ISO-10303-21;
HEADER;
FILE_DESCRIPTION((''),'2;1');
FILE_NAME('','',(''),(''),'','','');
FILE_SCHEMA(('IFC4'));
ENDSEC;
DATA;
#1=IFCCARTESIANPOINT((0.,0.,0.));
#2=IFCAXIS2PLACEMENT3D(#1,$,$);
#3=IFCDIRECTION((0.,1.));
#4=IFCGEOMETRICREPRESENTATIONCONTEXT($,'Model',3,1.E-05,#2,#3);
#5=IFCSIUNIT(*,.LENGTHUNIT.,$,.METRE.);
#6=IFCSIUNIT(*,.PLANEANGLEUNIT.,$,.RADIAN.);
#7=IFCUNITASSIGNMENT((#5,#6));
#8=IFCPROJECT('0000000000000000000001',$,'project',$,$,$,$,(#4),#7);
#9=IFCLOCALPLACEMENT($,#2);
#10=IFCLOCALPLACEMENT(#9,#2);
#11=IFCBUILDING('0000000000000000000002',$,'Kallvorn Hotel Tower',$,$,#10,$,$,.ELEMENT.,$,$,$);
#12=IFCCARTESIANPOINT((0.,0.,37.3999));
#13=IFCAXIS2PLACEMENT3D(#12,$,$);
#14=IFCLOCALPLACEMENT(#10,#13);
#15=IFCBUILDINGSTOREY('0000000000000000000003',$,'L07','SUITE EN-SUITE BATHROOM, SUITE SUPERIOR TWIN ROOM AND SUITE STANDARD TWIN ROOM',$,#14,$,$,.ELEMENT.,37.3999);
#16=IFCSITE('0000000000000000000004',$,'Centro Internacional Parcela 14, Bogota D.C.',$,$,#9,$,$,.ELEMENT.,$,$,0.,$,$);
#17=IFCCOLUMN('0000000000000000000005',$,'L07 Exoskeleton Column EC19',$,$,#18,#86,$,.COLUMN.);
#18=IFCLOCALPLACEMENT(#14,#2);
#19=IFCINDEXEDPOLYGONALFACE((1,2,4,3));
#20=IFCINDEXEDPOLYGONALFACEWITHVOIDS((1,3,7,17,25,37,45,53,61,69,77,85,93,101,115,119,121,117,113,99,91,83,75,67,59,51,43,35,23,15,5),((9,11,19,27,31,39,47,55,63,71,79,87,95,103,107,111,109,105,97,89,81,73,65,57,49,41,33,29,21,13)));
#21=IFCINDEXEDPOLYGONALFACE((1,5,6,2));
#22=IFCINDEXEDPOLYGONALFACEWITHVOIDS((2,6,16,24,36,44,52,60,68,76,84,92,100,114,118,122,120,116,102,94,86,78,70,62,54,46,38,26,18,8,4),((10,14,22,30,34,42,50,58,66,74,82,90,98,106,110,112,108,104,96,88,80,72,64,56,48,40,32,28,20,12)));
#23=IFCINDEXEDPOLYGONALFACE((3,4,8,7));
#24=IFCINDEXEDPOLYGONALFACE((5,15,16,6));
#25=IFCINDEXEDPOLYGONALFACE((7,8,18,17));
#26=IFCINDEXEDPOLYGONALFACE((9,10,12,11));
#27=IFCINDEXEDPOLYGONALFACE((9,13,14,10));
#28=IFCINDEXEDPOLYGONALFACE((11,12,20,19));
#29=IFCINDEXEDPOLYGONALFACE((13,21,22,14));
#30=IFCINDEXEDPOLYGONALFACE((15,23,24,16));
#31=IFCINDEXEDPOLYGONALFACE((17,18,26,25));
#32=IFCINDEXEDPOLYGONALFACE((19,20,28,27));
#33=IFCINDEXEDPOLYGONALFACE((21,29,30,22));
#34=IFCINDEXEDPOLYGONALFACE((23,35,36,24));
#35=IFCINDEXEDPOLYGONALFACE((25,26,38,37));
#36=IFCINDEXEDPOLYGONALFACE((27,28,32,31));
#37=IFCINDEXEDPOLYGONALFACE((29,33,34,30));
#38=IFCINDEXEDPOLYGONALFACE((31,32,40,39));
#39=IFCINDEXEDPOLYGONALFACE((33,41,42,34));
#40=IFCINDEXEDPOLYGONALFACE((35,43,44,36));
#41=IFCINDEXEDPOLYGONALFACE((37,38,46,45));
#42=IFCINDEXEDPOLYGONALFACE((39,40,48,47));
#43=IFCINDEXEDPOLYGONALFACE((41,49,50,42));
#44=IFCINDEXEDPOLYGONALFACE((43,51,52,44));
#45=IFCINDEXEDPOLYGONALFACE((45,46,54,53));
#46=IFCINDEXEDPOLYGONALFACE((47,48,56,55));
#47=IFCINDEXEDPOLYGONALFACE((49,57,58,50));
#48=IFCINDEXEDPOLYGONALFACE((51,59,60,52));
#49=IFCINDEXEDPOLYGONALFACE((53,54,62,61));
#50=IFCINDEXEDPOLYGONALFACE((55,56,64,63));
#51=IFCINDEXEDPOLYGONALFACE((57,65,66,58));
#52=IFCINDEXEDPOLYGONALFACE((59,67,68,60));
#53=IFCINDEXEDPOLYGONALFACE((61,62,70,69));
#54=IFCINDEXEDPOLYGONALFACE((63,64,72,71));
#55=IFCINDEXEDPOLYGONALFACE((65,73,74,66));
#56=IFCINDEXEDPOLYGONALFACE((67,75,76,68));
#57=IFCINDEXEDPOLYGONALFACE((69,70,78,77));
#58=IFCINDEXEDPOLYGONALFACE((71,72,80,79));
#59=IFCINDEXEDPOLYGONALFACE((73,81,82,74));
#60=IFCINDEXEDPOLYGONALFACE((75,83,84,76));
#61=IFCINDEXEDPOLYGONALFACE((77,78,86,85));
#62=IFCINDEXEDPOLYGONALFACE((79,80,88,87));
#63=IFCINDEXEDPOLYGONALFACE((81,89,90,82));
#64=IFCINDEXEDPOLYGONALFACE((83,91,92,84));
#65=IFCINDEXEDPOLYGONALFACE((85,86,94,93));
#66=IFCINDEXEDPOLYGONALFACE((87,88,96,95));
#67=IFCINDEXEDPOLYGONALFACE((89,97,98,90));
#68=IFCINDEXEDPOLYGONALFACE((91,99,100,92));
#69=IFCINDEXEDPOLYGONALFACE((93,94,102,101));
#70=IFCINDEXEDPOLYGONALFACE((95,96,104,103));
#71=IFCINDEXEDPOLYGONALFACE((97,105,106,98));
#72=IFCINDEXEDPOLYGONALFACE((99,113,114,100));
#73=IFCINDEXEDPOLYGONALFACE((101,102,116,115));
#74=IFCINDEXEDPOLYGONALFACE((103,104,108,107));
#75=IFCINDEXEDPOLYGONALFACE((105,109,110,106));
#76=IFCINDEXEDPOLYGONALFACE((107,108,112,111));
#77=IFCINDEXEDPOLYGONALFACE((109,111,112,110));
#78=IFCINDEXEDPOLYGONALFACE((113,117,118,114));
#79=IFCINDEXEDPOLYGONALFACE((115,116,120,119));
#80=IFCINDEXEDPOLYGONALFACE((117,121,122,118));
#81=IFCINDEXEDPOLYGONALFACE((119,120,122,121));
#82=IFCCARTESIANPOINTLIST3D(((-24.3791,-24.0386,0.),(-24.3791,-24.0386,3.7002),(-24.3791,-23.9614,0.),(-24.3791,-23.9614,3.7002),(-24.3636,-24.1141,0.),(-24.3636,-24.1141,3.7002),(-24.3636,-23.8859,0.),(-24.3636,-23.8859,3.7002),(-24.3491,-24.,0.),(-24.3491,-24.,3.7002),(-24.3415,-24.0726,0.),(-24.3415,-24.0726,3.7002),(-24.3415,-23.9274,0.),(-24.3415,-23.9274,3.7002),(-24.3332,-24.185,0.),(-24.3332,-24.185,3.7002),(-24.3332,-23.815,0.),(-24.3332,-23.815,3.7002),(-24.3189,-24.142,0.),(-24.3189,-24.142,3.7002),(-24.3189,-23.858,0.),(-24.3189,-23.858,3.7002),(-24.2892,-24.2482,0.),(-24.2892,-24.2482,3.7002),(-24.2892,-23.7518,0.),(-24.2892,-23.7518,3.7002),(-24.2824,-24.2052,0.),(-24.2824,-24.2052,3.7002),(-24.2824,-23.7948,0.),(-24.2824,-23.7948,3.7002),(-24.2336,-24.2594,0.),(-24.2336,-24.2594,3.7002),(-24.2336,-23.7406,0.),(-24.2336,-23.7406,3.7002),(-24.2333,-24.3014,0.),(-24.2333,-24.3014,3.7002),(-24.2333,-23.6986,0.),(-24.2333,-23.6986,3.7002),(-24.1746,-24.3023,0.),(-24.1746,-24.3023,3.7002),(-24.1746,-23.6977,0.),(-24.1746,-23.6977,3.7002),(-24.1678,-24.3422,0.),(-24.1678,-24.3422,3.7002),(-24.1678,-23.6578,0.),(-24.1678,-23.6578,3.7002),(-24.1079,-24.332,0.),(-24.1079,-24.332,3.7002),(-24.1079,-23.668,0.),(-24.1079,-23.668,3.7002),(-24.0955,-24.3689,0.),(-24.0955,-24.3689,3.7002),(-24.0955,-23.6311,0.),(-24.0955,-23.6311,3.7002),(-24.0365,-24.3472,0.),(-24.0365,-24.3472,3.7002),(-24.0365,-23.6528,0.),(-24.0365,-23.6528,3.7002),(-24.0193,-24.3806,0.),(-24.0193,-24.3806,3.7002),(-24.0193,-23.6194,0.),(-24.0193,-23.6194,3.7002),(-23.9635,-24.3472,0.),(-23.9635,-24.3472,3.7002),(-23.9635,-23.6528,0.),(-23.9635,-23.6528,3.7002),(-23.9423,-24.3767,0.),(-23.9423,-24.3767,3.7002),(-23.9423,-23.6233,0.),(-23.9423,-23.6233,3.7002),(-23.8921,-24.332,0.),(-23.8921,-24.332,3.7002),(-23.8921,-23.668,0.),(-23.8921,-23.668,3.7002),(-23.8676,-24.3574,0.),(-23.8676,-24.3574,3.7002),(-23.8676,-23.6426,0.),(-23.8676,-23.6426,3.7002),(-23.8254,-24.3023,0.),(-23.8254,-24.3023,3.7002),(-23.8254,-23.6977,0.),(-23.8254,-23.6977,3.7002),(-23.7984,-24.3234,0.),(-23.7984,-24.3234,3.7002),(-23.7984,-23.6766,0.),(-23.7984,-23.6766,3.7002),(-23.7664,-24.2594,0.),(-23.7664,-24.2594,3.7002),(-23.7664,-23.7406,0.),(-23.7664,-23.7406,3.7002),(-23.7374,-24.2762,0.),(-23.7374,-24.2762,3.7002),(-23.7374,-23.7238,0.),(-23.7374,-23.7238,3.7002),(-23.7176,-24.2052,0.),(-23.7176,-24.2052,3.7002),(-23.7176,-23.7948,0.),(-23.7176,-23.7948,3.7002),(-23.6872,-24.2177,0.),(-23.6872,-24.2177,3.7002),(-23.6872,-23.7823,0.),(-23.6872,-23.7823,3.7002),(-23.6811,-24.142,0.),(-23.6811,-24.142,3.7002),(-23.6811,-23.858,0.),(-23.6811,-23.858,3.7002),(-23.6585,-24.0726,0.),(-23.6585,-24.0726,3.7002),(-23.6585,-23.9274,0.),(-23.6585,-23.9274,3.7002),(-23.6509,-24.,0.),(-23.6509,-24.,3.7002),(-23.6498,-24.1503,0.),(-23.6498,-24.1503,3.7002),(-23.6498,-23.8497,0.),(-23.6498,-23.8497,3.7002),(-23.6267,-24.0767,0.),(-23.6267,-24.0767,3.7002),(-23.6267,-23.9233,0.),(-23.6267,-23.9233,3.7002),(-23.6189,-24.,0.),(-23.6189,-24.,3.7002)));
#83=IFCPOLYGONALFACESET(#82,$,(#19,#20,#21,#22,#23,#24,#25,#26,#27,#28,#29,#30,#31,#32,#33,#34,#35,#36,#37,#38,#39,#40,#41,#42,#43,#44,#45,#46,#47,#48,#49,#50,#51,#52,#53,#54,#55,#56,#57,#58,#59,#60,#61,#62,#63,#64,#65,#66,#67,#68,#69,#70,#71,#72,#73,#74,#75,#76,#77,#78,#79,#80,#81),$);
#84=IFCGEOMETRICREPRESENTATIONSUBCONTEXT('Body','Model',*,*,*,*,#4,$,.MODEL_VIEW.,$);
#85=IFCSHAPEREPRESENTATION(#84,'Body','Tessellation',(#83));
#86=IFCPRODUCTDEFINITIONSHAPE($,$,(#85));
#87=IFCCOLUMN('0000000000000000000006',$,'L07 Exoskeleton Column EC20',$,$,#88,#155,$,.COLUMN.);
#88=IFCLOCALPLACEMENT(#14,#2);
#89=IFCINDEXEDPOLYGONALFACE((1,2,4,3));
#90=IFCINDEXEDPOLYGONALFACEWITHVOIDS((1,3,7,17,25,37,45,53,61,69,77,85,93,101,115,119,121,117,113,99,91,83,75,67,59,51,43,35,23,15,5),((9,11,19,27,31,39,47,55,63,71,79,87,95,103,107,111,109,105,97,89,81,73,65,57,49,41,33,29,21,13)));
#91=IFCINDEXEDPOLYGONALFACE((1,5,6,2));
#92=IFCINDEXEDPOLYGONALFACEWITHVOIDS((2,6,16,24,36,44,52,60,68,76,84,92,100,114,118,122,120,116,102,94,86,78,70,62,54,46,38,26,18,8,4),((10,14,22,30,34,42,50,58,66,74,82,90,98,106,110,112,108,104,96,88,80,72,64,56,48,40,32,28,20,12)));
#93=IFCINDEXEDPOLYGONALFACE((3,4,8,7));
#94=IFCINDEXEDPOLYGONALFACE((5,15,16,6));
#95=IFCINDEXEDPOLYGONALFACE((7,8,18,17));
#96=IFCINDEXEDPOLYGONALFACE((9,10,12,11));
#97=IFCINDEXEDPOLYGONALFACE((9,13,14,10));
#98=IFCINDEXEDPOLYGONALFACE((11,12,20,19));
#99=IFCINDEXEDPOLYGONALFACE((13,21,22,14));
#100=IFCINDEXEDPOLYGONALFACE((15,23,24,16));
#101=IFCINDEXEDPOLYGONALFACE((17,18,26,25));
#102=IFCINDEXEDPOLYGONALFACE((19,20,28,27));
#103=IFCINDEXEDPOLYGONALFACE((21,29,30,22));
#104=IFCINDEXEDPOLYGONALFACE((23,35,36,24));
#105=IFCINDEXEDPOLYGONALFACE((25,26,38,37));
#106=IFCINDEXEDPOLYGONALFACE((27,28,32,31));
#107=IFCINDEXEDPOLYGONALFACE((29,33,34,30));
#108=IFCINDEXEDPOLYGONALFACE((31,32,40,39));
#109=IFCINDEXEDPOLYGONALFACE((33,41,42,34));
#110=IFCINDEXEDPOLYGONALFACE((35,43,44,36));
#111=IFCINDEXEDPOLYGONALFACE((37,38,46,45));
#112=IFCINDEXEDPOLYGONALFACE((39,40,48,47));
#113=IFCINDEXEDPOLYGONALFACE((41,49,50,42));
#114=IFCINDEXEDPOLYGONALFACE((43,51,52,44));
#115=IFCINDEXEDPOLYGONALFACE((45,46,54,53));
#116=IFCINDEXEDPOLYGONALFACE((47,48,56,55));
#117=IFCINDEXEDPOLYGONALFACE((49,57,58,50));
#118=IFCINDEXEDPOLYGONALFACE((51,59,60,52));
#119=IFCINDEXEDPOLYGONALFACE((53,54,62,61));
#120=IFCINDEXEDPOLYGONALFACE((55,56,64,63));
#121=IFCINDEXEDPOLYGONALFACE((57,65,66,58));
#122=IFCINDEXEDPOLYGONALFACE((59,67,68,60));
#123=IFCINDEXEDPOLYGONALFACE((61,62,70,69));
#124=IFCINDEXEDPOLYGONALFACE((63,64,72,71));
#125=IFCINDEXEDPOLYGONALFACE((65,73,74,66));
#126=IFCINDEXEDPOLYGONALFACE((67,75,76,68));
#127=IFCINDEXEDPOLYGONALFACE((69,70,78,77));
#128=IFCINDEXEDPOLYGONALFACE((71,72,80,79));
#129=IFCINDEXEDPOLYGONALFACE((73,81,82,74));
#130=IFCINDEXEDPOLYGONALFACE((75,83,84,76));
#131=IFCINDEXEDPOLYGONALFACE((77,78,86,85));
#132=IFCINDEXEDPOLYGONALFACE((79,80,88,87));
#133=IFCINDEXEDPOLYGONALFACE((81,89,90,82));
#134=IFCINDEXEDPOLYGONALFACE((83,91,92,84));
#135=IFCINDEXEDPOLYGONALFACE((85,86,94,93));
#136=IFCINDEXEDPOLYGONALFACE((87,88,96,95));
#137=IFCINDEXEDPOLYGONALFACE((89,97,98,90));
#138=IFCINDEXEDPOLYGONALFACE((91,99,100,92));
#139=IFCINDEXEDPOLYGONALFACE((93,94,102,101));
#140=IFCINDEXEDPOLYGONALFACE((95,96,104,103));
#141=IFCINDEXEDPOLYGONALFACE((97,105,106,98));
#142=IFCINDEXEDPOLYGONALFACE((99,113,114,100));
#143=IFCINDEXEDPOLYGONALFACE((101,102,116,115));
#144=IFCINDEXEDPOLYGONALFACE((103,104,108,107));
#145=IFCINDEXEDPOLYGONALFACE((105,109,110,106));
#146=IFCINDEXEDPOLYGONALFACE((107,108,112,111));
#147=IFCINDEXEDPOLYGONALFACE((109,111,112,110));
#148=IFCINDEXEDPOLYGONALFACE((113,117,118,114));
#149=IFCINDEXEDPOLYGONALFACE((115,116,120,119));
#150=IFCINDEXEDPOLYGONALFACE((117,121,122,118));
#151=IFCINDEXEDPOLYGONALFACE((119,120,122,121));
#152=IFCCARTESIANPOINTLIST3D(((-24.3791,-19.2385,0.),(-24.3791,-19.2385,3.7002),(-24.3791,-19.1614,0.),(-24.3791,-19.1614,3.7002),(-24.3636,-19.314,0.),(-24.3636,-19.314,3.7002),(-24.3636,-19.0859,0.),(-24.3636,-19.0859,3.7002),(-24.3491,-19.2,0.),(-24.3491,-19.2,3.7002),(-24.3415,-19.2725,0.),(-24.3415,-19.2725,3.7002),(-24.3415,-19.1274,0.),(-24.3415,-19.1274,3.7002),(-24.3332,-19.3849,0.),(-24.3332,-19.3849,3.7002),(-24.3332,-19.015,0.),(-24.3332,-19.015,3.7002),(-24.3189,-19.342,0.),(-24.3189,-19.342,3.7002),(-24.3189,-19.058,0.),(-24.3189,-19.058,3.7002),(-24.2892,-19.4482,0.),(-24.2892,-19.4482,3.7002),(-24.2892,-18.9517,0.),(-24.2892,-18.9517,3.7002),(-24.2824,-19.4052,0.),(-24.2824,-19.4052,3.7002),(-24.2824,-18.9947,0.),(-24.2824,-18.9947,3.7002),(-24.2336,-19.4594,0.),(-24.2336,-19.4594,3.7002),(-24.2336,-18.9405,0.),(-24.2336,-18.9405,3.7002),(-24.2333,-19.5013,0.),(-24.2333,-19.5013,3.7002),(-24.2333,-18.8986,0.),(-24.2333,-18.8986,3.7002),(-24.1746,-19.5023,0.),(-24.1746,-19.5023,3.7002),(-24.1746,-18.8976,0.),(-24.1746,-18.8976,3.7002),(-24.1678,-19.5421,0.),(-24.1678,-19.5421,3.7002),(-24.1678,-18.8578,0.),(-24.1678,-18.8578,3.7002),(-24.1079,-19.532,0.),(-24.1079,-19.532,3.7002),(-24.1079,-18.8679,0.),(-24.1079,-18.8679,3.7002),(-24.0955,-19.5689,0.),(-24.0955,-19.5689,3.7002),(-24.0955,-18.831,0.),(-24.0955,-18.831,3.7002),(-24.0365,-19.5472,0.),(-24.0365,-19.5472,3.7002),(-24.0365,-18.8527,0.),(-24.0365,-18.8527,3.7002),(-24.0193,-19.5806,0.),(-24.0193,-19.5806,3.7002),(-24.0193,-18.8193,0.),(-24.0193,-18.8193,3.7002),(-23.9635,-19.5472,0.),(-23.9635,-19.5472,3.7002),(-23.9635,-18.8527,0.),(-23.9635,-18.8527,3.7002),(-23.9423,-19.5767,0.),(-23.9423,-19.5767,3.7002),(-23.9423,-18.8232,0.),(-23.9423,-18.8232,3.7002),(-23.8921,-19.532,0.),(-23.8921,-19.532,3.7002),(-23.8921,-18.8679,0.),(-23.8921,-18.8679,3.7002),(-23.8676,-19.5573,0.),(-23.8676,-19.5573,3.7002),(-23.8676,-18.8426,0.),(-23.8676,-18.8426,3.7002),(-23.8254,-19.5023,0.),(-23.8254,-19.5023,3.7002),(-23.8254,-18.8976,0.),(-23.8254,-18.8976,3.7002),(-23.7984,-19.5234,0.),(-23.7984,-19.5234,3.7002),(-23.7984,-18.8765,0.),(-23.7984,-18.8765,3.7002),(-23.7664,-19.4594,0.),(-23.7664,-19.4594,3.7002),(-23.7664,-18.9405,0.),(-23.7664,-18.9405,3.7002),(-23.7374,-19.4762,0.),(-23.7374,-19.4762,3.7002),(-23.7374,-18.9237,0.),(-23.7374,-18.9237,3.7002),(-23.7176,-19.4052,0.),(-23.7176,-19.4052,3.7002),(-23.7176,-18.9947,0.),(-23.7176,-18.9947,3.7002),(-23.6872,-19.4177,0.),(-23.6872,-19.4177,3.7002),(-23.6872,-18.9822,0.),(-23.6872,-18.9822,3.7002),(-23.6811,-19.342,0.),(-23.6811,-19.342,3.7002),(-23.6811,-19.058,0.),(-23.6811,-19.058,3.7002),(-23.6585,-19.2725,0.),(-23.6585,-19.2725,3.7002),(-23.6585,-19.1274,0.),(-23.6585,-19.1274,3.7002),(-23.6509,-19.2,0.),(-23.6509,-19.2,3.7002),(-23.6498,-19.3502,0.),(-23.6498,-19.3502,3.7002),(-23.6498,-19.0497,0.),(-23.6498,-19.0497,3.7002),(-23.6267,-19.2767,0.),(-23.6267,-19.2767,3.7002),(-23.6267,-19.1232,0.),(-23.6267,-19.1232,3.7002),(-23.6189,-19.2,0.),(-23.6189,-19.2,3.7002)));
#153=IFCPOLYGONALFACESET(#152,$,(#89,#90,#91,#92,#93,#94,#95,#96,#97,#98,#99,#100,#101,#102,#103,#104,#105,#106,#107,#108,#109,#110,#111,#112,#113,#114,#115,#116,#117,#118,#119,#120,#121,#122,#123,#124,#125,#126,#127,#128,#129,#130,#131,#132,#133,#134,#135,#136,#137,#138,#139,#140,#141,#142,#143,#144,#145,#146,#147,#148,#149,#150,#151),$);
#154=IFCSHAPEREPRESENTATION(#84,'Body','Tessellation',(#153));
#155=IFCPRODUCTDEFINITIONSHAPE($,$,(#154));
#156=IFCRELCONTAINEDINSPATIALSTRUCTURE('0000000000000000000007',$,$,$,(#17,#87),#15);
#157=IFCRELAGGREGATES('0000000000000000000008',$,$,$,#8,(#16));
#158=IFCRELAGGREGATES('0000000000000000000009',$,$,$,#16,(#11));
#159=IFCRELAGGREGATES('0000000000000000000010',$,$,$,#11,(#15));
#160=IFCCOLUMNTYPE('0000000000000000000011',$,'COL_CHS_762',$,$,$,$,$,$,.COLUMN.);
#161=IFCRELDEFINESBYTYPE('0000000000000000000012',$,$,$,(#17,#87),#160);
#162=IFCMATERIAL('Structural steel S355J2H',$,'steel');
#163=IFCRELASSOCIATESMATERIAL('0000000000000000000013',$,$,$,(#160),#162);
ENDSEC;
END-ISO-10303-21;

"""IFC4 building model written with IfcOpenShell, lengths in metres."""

from ifc_helpers import new_model, si_unit, direction, frame, origin, origin_2d, place, context, subcontext, project, spatial, hollow_circle, extrude, material, material_profile, profile_set, type_object, element, save


model = new_model("IFC4")

# Units and contexts
model_context = context("Model", 3, precision=1e-05, world=origin(), true_north=direction((0.0, 1.0)))
body_context = subcontext(model_context, "Body", "Model", "MODEL_VIEW")
ifc_project = project(units=[si_unit("LENGTHUNIT", "METRE"), si_unit("PLANEANGLEUNIT", "RADIAN")], contexts=[model_context])

# Site, building, storey
site_placement = place(None, origin())
site = spatial("IfcSite", under=ifc_project, at=site_placement, Name="Centro Internacional Parcela 14, Bogota D.C.", CompositionType="ELEMENT", RefElevation=0.0)
building_placement = place(site_placement, origin())
building = spatial("IfcBuilding", under=site, at=building_placement, Name="Kallvorn Hotel Tower", CompositionType="ELEMENT")
storey_placement = place(building_placement, frame((0.0, 0.0, 37.3999)))
storey = spatial("IfcBuildingStorey", under=building, at=storey_placement, Name="L07", Description="SUITE EN-SUITE BATHROOM, SUITE SUPERIOR TWIN ROOM AND SUITE STANDARD TWIN ROOM", CompositionType="ELEMENT", Elevation=37.3999)

# Columns
ifc_material_1 = material(Name="Structural steel S355J2H", Category="steel")
ifc_material_profile_1 = material_profile(ifc_material_1, hollow_circle(Radius=0.3811, WallThickness=0.032, at=origin_2d()), Name="CHS 762x32")
ifc_profile_set_1 = profile_set([ifc_material_profile_1], Name="Structural steel S355J2H")
column_type = type_object("IfcColumnType", Name="COL_CHS_762", PredefinedType="COLUMN", material=ifc_profile_set_1)
for number, where, z_axis, x_axis, name in (
    (1, (-24.0, -24.0, 0.0), (0.0, 0.0, 1.0), (1.0, 0.0, 0.0), "L07 Exoskeleton Column EC19"),
    (2, (-24.0, -19.2, 0.0), (0.0, 0.0, 1.0), (1.0, 0.0, 0.0), "L07 Exoskeleton Column EC20"),
):
    element("IfcColumn", number, at=place(storey_placement, frame(where, z_axis=z_axis, x_axis=x_axis)), inside=storey, type_object=column_type, Name=name, PredefinedType="COLUMN", context=body_context, shape_type="SweptSolid", body=[
        extrude(hollow_circle(Radius=0.3811, WallThickness=0.032, at=origin_2d()), origin(), (0.0, 0.0, 1.0), 3.7002),
    ])

save(model, "model.ifc")
